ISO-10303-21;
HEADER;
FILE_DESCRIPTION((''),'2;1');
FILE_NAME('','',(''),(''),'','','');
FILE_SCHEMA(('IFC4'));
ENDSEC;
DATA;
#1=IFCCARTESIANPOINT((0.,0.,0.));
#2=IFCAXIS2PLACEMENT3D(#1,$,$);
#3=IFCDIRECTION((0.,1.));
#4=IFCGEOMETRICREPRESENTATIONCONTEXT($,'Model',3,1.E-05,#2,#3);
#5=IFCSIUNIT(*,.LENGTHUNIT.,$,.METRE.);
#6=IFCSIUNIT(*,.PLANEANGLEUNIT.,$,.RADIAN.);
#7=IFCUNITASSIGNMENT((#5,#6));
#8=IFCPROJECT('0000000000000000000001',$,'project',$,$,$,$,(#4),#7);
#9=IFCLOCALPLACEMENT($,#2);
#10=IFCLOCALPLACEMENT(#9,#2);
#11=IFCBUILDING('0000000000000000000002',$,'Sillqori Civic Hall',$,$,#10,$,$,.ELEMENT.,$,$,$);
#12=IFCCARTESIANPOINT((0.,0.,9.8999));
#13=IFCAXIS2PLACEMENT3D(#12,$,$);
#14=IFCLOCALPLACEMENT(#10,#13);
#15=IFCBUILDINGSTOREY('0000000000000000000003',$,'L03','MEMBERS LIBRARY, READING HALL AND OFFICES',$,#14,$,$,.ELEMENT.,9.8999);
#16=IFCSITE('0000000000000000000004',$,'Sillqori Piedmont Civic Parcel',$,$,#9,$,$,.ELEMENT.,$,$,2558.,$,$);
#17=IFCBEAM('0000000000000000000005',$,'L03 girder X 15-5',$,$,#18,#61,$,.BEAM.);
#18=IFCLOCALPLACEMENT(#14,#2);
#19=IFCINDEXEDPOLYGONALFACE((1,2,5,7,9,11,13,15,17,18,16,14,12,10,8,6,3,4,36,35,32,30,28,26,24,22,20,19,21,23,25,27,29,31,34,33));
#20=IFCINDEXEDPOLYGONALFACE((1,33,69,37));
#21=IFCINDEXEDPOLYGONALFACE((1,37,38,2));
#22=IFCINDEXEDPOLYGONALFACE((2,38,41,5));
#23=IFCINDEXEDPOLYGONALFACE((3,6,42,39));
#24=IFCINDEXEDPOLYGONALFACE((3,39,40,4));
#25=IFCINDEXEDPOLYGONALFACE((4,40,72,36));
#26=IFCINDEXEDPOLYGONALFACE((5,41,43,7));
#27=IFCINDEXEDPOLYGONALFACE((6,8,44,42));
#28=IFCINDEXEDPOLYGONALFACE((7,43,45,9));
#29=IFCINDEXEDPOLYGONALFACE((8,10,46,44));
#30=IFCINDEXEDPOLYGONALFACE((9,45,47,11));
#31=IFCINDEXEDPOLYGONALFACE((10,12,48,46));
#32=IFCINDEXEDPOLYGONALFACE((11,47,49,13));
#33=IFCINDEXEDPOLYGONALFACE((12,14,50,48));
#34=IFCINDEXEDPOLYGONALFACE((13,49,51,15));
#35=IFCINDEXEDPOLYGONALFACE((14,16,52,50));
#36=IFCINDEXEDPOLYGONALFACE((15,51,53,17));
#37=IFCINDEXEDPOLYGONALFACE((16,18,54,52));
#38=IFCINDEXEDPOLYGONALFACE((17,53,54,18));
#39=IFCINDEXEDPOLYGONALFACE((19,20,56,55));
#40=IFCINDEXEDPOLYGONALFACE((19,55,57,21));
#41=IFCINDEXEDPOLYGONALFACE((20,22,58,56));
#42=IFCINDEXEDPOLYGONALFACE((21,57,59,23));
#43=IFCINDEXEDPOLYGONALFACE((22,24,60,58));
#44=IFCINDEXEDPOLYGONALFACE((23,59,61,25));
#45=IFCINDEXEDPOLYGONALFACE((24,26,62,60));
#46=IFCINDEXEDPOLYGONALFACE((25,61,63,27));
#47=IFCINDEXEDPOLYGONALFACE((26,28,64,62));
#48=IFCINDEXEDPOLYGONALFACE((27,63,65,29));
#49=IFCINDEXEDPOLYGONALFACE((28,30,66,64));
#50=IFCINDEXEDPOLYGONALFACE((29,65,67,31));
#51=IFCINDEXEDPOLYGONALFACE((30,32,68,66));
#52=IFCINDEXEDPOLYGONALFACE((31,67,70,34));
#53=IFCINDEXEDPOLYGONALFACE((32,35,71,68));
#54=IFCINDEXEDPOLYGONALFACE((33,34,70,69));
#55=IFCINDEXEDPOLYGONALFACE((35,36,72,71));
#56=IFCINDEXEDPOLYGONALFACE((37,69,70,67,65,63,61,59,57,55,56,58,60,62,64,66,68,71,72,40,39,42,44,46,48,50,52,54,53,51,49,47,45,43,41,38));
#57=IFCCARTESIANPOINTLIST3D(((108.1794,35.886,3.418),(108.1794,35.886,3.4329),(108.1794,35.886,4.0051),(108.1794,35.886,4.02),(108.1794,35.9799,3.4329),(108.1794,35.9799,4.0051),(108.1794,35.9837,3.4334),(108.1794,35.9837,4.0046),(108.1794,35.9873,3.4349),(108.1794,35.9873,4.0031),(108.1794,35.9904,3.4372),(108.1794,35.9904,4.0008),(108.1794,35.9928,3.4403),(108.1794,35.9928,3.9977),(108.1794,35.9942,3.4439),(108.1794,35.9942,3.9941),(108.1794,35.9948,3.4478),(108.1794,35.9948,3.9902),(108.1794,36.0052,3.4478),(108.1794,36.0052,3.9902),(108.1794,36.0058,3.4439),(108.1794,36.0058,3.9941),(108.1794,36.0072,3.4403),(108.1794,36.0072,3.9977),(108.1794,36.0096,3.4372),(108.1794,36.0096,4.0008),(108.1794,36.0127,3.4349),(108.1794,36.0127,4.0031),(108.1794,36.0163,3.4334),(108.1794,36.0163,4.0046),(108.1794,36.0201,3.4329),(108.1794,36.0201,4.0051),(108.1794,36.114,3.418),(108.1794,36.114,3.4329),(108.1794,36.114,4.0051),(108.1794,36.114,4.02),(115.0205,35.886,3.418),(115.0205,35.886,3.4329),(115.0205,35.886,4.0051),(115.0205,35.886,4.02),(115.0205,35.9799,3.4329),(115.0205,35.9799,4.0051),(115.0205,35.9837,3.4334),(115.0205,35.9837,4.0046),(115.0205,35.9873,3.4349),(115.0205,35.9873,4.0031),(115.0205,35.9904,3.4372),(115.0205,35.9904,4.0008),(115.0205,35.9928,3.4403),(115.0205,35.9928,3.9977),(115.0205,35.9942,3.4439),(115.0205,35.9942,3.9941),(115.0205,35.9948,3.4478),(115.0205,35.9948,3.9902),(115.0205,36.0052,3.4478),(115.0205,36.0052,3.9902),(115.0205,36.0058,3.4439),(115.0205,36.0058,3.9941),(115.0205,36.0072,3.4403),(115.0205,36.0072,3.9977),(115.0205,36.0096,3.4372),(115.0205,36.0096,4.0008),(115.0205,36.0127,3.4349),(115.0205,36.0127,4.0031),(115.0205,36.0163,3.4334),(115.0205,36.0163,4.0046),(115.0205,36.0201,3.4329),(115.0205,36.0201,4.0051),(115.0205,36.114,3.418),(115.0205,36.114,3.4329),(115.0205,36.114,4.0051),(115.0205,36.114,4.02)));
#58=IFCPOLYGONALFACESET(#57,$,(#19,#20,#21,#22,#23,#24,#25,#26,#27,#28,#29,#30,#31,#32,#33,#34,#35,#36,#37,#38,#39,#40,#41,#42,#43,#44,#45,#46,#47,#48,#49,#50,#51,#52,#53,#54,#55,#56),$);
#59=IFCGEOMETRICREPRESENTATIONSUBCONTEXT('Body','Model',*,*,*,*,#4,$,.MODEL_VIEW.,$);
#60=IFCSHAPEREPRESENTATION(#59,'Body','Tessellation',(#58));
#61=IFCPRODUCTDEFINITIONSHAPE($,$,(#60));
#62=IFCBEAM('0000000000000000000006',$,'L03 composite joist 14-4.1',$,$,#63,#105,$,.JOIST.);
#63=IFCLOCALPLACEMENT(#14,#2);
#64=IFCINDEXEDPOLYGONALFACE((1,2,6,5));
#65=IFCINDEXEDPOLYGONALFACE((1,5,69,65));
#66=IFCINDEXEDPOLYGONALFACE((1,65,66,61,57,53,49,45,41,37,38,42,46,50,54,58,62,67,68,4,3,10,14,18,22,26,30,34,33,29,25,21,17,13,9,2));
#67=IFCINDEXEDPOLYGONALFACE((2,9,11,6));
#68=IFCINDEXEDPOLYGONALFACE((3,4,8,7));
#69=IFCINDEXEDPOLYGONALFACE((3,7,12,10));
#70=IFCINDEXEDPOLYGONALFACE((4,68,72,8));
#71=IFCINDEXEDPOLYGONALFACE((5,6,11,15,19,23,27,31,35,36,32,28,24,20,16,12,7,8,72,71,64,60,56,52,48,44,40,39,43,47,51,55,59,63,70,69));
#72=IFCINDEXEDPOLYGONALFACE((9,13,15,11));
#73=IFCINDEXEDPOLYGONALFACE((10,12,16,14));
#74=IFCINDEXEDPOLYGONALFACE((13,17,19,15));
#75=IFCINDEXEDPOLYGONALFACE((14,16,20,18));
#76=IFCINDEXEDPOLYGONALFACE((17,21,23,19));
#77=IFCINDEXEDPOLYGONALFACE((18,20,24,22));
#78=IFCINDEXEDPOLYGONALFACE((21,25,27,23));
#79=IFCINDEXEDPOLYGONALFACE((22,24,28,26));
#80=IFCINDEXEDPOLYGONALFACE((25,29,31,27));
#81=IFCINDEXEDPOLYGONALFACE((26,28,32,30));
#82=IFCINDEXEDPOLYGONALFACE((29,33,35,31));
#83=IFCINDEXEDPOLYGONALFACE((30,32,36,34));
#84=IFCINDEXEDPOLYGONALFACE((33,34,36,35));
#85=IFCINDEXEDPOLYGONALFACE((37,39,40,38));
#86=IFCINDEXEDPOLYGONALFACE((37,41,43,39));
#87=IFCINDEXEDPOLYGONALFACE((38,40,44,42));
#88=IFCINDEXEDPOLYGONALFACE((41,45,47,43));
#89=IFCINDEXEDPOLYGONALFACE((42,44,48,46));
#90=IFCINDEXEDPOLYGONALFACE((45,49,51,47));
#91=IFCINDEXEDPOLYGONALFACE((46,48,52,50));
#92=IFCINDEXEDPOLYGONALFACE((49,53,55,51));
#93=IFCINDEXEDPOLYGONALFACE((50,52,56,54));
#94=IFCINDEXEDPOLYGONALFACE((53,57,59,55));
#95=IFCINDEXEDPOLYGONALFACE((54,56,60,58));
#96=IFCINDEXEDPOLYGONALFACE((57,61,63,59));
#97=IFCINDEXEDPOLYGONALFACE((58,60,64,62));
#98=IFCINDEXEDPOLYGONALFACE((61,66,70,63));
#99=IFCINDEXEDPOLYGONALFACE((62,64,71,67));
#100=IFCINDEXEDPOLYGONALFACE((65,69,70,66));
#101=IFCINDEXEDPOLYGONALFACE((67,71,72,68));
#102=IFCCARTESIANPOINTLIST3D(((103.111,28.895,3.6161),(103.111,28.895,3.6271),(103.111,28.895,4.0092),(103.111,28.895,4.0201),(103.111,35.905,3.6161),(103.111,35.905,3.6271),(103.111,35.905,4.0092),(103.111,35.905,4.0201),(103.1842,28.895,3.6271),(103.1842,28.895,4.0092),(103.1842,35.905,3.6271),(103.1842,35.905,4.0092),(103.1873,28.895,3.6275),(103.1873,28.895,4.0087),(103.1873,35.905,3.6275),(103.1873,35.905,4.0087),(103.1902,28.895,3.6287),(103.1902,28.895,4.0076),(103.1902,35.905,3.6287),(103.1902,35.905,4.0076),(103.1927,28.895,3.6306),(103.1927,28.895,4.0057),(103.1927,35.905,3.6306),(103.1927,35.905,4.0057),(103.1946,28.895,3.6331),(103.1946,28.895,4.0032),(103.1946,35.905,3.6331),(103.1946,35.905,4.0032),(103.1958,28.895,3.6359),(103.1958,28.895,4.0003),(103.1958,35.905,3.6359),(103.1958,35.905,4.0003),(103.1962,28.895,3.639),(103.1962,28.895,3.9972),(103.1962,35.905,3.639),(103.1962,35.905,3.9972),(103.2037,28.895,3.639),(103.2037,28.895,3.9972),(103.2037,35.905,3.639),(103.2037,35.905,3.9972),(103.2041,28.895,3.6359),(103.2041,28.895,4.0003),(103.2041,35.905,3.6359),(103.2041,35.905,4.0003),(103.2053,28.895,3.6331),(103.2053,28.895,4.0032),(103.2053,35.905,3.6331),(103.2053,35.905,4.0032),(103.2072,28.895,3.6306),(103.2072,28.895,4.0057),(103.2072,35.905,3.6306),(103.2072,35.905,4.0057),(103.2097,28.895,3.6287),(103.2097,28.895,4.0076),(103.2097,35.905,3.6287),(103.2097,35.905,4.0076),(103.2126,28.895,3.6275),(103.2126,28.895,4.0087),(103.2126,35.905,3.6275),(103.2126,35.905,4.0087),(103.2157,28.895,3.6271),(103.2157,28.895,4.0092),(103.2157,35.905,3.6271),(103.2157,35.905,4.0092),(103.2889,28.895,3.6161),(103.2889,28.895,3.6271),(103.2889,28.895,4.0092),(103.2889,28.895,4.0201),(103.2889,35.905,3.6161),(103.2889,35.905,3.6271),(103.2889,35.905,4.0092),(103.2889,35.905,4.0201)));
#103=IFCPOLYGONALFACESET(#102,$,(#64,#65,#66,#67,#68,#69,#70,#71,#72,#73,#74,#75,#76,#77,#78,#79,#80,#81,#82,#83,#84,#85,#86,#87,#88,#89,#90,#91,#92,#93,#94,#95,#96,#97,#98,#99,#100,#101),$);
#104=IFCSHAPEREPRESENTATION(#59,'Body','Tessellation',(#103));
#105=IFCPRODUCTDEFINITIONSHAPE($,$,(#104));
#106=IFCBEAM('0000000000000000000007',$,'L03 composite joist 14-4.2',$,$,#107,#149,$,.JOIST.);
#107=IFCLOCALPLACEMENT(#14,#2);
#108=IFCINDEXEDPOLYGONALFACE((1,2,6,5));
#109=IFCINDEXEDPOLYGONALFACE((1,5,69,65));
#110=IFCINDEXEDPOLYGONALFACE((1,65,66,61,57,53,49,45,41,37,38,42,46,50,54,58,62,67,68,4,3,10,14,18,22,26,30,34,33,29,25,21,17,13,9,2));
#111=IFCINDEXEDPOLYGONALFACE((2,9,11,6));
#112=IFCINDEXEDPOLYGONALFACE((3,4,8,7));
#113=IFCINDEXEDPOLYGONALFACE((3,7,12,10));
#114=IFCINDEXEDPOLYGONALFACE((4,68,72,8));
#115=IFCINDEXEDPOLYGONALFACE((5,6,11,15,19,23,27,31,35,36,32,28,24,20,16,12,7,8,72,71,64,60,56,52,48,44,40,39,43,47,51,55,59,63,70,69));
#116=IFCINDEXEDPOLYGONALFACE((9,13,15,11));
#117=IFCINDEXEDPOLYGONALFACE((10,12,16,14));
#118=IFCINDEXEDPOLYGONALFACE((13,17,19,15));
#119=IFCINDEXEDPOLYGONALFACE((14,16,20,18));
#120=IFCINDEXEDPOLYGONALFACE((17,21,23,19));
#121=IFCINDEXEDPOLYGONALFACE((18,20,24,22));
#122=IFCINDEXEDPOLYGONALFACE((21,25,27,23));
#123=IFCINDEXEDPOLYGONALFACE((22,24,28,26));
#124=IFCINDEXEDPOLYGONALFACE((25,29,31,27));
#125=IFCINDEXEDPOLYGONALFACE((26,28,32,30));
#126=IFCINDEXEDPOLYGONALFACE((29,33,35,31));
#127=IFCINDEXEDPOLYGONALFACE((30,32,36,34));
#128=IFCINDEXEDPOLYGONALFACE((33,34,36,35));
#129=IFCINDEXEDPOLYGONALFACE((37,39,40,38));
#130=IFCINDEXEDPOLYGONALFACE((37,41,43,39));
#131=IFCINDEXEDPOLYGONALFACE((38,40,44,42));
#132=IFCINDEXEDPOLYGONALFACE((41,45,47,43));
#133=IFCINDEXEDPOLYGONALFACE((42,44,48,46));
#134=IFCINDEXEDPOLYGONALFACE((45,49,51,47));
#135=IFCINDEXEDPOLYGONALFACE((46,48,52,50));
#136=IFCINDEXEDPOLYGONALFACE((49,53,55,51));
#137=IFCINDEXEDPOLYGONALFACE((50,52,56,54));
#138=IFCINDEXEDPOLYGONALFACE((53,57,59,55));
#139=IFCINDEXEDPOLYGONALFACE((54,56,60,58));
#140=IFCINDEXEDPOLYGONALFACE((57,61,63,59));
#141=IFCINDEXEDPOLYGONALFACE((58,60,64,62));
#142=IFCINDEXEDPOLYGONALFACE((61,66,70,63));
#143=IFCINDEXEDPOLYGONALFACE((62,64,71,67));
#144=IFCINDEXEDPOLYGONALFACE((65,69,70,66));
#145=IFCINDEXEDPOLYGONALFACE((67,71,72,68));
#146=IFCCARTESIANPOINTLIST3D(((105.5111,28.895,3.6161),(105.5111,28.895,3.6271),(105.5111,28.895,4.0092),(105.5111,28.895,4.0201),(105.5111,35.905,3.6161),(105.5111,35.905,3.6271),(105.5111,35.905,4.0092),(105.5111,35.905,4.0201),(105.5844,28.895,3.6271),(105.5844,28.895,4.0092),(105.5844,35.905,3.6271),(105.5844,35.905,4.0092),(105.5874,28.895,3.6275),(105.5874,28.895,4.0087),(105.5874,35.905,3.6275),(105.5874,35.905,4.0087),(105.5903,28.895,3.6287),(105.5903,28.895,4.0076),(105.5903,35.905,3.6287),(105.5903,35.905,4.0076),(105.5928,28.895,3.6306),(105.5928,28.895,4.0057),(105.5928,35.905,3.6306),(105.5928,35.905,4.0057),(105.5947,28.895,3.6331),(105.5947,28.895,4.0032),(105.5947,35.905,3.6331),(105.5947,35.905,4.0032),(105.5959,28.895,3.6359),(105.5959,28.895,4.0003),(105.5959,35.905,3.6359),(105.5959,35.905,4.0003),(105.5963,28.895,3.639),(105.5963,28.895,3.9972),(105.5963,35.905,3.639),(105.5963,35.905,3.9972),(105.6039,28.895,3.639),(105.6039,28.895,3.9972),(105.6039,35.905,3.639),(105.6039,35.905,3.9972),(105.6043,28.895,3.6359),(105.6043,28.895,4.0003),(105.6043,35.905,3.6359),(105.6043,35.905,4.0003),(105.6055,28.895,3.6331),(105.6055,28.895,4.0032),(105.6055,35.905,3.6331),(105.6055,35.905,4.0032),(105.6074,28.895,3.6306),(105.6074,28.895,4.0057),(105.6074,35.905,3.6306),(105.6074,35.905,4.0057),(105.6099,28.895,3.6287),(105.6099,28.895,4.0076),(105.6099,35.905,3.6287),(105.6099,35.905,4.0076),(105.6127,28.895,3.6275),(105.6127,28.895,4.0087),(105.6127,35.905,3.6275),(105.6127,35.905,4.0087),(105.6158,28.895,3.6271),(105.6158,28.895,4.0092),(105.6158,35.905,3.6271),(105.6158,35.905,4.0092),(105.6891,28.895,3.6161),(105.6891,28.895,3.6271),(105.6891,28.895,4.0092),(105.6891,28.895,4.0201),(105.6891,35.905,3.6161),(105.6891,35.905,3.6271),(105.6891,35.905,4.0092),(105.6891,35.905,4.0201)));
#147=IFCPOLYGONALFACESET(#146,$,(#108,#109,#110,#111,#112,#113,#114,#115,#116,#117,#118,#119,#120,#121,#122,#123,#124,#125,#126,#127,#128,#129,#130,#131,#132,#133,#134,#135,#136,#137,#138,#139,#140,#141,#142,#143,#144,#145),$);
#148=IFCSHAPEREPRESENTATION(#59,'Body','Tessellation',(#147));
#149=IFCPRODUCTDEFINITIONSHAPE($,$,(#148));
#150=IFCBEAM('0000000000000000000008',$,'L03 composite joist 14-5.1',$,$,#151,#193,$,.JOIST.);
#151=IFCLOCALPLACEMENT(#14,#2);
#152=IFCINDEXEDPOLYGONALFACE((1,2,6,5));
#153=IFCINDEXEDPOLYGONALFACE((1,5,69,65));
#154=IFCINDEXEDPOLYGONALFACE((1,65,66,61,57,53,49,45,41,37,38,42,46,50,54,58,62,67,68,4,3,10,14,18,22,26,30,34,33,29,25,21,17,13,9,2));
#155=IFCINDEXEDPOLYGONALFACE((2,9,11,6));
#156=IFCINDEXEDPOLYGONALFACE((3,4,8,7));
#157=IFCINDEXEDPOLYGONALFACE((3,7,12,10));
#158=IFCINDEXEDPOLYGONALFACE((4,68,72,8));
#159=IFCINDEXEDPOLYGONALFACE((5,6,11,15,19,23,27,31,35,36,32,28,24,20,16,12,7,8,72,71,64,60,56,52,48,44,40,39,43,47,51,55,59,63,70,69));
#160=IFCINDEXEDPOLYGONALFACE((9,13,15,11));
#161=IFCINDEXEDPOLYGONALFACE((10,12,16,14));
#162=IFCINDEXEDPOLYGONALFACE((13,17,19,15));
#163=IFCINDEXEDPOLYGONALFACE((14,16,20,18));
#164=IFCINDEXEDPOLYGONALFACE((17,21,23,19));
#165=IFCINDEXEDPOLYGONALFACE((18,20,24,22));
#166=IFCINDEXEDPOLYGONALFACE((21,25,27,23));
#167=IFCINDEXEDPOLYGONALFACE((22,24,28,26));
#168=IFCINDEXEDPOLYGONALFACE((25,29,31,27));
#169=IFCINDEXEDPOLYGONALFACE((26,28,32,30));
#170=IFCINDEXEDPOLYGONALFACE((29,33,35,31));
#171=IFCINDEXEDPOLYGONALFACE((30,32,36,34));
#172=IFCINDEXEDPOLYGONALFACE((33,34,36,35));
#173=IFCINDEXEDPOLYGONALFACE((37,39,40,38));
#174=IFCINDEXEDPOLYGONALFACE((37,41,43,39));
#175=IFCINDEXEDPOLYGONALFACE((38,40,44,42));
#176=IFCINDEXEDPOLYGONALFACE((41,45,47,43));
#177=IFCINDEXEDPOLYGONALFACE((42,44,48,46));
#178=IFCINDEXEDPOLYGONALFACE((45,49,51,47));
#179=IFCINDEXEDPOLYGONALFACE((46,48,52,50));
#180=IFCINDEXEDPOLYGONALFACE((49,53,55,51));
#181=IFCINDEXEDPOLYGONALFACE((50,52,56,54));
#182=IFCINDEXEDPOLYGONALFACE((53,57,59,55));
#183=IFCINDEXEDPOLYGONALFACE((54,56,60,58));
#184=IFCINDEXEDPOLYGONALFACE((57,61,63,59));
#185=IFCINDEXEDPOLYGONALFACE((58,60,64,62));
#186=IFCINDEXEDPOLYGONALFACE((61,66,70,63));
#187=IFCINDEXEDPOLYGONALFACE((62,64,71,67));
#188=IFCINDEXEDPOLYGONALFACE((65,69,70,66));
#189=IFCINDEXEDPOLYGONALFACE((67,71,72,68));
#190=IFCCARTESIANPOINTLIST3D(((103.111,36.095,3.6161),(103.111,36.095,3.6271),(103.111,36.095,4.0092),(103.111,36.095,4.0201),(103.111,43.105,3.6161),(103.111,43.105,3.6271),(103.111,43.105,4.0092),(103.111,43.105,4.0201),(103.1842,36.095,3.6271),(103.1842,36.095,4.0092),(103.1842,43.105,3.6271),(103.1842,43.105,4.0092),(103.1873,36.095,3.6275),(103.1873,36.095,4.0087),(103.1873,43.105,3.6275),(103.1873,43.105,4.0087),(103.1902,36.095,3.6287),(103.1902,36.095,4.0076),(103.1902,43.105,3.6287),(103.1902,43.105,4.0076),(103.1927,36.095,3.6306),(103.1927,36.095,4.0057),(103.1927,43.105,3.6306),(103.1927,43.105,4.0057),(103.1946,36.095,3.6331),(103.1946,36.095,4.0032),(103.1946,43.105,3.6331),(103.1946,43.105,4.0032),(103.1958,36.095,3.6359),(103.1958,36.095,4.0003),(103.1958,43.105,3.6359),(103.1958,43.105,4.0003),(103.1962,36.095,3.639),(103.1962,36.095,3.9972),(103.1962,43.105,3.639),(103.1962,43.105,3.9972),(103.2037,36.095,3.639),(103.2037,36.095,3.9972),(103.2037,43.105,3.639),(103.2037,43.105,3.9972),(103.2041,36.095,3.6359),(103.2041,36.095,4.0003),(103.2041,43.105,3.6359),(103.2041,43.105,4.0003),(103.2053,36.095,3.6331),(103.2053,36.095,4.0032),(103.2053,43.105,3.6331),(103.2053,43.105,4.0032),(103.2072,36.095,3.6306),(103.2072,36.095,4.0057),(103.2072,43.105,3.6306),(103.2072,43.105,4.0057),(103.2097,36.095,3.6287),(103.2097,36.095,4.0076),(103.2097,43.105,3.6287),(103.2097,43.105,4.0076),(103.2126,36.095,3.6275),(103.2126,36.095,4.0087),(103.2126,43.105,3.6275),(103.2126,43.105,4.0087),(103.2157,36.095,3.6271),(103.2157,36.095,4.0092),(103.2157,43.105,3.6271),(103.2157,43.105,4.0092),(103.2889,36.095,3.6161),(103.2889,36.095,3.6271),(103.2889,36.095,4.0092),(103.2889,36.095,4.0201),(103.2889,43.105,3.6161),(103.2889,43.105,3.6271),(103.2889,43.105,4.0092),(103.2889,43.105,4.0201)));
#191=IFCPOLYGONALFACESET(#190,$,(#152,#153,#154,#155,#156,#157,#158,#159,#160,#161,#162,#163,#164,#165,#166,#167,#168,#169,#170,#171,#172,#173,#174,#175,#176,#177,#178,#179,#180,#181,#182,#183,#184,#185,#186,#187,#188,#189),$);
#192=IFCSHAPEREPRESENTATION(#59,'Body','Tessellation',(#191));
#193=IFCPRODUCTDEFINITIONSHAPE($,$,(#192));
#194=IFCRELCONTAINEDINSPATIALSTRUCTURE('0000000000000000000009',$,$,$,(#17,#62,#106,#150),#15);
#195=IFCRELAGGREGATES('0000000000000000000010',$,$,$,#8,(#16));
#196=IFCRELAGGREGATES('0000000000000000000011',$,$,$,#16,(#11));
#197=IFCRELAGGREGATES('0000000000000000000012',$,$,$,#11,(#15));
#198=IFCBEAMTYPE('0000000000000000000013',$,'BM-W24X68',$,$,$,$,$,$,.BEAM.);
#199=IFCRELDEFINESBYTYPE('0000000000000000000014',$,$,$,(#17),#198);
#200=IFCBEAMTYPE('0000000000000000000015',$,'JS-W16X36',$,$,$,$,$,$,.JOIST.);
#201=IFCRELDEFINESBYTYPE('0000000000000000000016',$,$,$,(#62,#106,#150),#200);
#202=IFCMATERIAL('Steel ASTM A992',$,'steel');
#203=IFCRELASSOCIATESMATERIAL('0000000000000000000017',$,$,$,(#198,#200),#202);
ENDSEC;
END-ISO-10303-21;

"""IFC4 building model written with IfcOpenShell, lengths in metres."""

from ifc_helpers import new_model, si_unit, direction, frame, origin, origin_2d, place, context, subcontext, project, spatial, i_section, extrude, material, material_profile, profile_set, type_object, element, save


model = new_model("IFC4")

# Units and contexts
model_context = context("Model", 3, precision=1e-05, world=origin(), true_north=direction((0.0, 1.0)))
body_context = subcontext(model_context, "Body", "Model", "MODEL_VIEW")
ifc_project = project(units=[si_unit("LENGTHUNIT", "METRE"), si_unit("PLANEANGLEUNIT", "RADIAN")], contexts=[model_context])

# Site, building, storey
site_placement = place(None, origin())
site = spatial("IfcSite", under=ifc_project, at=site_placement, Name="Sillqori Piedmont Civic Parcel", CompositionType="ELEMENT", RefElevation=2558.0)
building_placement = place(site_placement, origin())
building = spatial("IfcBuilding", under=site, at=building_placement, Name="Sillqori Civic Hall", CompositionType="ELEMENT")
storey_placement = place(building_placement, frame((0.0, 0.0, 9.8999)))
storey = spatial("IfcBuildingStorey", under=building, at=storey_placement, Name="L03", Description="MEMBERS LIBRARY, READING HALL AND OFFICES", CompositionType="ELEMENT", Elevation=9.8999)

# Shared definitions
ifc_material_1 = material(Name="Steel ASTM A992", Category="steel")

# Beams
ifc_material_profile_1 = material_profile(ifc_material_1, i_section(OverallWidth=0.228, OverallDepth=0.6021, WebThickness=0.0105, FlangeThickness=0.0149, FilletRadius=0.0149, at=origin_2d()), Name="W24X68")
ifc_profile_set_1 = profile_set([ifc_material_profile_1], Name="Steel ASTM A992")
beam_type_1 = type_object("IfcBeamType", Name="BM-W24X68", PredefinedType="BEAM", material=ifc_profile_set_1)
for number, where, z_axis, x_axis, name in (
    (1, (108.1794, 36.0, 3.719), (1.0, 0.0, 0.0), (0.0, 1.0, 0.0), "L03 girder X 15-5"),
):
    element("IfcBeam", number, at=place(storey_placement, frame(where, z_axis=z_axis, x_axis=x_axis)), inside=storey, type_object=beam_type_1, Name=name, PredefinedType="BEAM", context=body_context, shape_type="SweptSolid", body=[
        extrude(i_section(OverallWidth=0.228, OverallDepth=0.6021, WebThickness=0.0105, FlangeThickness=0.0149, FilletRadius=0.0149, at=origin_2d()), origin(), (0.0, 0.0, 1.0), 6.8411),
    ])
ifc_material_profile_2 = material_profile(ifc_material_1, i_section(OverallWidth=0.178, OverallDepth=0.4041, WebThickness=0.0076, FlangeThickness=0.011, FilletRadius=0.012, at=origin_2d()), Name="W16X36")
ifc_profile_set_2 = profile_set([ifc_material_profile_2], Name="Steel ASTM A992")
beam_type_2 = type_object("IfcBeamType", Name="JS-W16X36", PredefinedType="JOIST", material=ifc_profile_set_2)
for number, where, z_axis, x_axis, name in (
    (2, (103.2, 28.895, 3.8181), (0.0, 1.0, 0.0), (-1.0, 0.0, 0.0), "L03 composite joist 14-4.1"),
    (3, (105.6001, 28.895, 3.8181), (0.0, 1.0, 0.0), (-1.0, 0.0, 0.0), "L03 composite joist 14-4.2"),
    (4, (103.2, 36.095, 3.8181), (0.0, 1.0, 0.0), (-1.0, 0.0, 0.0), "L03 composite joist 14-5.1"),
):
    element("IfcBeam", number, at=place(storey_placement, frame(where, z_axis=z_axis, x_axis=x_axis)), inside=storey, type_object=beam_type_2, Name=name, PredefinedType="JOIST", context=body_context, shape_type="SweptSolid", body=[
        extrude(i_section(OverallWidth=0.178, OverallDepth=0.4041, WebThickness=0.0076, FlangeThickness=0.011, FilletRadius=0.012, at=origin_2d()), origin(), (0.0, 0.0, 1.0), 7.01),
    ])

save(model, "model.ifc")
